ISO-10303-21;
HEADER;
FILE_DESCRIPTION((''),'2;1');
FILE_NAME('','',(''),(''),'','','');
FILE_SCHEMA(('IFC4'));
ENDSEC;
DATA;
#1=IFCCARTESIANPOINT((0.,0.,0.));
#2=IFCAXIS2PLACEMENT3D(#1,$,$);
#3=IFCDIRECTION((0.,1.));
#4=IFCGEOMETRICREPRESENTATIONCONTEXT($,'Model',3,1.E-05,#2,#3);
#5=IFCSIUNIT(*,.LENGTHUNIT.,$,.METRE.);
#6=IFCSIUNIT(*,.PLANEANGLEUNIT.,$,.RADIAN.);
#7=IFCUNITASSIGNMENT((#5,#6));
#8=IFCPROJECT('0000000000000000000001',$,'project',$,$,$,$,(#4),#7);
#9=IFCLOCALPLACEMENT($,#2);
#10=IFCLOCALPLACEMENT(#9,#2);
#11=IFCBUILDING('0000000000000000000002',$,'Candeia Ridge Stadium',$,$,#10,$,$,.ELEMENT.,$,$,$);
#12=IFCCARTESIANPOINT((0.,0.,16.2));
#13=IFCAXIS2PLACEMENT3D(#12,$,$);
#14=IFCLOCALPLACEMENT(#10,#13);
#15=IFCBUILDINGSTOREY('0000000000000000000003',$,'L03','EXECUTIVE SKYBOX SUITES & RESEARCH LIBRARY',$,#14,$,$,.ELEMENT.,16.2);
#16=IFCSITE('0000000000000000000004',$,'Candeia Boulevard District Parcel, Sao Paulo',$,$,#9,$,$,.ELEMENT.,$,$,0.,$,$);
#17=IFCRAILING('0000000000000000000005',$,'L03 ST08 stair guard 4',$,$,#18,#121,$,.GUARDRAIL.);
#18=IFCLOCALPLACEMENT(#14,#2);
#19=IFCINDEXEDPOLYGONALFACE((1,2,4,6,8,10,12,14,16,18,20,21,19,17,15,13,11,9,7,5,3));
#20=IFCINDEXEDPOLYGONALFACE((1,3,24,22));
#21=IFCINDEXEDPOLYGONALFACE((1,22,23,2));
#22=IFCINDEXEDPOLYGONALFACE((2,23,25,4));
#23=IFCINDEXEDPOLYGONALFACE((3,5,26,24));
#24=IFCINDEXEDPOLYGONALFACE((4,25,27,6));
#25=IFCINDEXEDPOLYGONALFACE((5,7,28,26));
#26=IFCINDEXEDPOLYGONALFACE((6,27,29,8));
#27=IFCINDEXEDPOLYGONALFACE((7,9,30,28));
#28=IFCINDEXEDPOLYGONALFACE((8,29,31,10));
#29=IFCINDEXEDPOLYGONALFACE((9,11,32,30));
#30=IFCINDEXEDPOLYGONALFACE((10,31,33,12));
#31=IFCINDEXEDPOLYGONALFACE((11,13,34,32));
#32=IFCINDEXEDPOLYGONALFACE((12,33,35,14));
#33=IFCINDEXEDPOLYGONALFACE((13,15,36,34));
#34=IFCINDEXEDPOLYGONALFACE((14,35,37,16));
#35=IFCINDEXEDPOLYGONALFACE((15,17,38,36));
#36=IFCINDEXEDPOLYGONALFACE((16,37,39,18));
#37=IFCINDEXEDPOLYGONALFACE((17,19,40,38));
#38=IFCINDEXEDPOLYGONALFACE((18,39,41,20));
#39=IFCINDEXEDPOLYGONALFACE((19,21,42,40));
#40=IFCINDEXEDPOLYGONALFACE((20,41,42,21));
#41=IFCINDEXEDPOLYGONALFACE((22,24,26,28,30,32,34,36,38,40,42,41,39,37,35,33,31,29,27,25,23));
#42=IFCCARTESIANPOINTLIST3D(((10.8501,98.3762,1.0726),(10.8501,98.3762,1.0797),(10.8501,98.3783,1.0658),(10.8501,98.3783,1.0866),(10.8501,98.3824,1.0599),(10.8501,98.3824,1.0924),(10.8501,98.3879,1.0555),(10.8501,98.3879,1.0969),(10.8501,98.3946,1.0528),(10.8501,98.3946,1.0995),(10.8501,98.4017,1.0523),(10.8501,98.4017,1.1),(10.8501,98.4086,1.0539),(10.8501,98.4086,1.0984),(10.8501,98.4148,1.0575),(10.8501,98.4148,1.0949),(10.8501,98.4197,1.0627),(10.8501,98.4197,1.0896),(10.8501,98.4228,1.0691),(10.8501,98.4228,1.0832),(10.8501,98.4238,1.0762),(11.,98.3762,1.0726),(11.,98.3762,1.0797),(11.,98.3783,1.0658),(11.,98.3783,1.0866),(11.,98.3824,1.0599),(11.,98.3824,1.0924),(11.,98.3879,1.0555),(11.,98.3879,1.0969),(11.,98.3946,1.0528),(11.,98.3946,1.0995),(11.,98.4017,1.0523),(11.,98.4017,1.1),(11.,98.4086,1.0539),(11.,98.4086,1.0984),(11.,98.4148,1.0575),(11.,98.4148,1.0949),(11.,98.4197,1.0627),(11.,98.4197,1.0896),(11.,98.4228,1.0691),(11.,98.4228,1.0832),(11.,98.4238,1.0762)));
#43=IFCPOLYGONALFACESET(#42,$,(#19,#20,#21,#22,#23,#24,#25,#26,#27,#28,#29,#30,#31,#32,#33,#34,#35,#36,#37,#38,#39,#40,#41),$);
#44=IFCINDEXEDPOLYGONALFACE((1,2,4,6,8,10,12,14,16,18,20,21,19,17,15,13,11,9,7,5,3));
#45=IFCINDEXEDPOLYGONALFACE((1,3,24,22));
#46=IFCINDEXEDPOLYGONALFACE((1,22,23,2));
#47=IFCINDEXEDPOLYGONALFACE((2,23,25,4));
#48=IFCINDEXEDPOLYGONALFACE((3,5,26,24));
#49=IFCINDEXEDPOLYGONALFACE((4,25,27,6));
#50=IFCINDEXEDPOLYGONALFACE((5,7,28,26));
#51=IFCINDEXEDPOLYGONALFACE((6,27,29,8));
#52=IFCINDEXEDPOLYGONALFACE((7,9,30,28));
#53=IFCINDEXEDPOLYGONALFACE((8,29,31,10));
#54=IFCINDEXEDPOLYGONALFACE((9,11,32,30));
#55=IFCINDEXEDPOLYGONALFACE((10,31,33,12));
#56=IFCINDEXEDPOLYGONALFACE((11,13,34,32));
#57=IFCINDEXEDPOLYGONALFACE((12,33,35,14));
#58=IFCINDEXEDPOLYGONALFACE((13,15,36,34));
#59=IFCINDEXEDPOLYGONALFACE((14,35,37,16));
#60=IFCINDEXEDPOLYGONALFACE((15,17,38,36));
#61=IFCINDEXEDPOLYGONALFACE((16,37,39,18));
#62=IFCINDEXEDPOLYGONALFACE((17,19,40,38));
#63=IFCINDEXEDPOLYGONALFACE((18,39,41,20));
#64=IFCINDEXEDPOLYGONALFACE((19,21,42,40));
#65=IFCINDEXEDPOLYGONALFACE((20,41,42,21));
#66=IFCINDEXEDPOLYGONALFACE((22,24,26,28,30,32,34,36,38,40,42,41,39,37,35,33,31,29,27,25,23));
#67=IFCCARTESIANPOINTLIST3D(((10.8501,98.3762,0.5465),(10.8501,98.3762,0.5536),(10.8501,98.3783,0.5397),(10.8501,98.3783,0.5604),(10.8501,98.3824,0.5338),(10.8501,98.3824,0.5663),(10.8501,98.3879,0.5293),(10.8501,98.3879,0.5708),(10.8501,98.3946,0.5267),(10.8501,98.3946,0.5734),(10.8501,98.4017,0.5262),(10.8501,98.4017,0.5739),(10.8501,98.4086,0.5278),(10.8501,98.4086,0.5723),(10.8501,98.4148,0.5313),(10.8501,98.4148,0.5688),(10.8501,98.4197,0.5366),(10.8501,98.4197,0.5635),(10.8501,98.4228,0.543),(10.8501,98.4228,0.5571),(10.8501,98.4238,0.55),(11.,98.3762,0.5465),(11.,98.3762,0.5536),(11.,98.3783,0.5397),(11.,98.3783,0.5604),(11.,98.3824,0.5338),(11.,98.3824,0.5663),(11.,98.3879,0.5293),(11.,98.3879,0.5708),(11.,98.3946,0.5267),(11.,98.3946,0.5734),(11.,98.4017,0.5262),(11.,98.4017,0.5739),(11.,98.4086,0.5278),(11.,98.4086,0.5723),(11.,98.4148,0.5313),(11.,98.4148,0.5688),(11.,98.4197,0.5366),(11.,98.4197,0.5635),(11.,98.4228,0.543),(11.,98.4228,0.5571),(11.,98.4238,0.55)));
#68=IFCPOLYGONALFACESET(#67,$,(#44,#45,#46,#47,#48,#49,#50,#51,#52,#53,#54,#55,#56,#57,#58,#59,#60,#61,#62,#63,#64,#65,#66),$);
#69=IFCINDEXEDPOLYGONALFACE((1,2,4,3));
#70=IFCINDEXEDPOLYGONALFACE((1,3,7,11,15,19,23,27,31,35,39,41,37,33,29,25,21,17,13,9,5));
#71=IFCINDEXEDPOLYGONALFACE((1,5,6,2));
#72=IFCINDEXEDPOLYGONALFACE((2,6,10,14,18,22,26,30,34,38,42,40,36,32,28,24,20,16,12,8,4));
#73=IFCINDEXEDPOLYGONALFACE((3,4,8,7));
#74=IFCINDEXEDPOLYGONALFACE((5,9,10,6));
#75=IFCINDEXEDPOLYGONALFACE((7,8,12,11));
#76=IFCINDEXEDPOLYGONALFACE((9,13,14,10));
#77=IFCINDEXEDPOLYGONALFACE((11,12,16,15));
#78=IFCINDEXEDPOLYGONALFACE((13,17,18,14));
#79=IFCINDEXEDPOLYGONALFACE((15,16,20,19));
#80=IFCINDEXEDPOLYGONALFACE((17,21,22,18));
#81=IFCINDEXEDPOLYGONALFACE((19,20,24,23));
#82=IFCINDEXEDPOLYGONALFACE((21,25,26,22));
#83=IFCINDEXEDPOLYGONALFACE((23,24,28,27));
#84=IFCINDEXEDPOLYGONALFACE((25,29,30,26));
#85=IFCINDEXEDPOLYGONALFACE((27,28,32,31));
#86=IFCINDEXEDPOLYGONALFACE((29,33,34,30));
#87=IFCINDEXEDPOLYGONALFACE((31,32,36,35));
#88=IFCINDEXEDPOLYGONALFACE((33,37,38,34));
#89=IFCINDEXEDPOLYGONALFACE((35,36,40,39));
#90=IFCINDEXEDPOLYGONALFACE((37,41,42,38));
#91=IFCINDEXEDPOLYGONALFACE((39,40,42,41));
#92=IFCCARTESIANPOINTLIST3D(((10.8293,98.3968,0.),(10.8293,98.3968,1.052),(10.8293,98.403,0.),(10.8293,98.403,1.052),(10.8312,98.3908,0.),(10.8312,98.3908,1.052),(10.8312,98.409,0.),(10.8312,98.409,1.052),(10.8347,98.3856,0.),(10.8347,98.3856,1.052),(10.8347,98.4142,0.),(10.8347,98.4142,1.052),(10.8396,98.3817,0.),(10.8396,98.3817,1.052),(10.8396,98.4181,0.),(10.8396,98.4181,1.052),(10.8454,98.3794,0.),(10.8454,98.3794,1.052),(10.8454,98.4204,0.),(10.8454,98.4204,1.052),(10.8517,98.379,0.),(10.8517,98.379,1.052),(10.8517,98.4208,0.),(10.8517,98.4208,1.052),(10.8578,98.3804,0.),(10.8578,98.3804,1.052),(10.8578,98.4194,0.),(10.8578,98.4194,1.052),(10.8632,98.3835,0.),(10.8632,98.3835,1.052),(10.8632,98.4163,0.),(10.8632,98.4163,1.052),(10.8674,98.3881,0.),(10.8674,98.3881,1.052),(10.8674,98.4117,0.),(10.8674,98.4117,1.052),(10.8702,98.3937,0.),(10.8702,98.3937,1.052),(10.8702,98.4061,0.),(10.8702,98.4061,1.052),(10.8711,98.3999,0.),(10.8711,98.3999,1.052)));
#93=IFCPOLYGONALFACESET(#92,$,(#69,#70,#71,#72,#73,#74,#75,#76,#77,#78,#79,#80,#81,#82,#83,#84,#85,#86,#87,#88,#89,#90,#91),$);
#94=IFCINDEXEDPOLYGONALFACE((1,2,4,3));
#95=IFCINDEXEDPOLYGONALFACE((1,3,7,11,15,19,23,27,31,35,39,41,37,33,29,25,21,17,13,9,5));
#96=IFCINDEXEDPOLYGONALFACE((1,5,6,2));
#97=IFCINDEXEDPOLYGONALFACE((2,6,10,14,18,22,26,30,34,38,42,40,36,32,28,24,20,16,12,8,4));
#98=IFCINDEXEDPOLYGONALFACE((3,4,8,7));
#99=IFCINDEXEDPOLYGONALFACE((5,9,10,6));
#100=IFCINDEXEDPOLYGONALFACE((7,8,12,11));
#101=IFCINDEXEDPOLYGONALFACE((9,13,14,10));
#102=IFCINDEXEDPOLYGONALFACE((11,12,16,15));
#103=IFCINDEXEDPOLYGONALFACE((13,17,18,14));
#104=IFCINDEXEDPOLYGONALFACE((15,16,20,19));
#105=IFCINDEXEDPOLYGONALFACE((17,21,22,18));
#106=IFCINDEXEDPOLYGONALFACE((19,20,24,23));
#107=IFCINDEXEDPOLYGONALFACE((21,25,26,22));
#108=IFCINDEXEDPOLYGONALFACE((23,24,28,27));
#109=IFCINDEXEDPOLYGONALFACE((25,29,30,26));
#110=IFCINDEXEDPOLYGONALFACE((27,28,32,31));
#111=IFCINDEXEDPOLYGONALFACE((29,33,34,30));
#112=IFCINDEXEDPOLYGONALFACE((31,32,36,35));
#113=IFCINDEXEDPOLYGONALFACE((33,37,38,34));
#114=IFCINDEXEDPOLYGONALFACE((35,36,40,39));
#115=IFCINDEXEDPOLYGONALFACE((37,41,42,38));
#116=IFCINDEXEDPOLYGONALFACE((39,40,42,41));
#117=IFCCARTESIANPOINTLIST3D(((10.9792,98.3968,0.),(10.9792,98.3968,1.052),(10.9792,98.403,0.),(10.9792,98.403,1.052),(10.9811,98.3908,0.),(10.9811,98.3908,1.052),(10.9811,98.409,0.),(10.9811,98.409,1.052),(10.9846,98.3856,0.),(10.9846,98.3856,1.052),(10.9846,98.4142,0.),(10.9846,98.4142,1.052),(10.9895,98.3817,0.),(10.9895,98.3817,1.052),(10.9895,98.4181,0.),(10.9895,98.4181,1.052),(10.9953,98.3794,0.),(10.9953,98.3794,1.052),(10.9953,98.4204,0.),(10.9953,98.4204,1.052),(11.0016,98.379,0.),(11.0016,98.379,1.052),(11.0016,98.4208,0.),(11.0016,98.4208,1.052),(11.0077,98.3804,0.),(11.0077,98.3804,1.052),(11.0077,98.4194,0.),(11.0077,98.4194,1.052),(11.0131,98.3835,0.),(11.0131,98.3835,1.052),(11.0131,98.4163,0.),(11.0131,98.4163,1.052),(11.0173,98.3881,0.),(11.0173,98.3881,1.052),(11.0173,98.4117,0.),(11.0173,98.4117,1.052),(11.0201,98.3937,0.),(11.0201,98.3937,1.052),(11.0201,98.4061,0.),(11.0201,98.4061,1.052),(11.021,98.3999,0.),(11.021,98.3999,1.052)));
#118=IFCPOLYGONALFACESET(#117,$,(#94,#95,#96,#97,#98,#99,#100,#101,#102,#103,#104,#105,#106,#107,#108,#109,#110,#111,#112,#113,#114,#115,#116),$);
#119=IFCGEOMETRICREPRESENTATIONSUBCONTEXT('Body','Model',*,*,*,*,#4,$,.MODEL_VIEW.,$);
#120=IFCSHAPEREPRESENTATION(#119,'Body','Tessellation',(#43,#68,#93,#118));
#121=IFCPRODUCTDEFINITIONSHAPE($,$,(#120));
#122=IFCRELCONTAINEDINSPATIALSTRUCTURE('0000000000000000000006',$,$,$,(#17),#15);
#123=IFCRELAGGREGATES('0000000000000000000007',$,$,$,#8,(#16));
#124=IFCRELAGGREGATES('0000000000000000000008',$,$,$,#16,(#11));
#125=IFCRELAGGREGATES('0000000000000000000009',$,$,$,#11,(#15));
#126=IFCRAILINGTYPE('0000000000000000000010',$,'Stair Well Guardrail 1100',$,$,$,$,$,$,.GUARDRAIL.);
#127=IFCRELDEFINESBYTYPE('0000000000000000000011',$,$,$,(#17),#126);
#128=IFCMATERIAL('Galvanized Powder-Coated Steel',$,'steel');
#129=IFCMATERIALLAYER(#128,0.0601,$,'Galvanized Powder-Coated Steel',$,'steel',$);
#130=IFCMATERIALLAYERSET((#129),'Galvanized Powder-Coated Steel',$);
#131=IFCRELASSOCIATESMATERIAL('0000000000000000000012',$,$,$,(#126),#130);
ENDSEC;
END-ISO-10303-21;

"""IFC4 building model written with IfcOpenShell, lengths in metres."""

from ifc_helpers import new_model, si_unit, direction, frame, origin, origin_2d, place, context, subcontext, project, spatial, circle, extrude, material, layer, layer_set, type_object, element, save


model = new_model("IFC4")

# Units and contexts
model_context = context("Model", 3, precision=1e-05, world=origin(), true_north=direction((0.0, 1.0)))
body_context = subcontext(model_context, "Body", "Model", "MODEL_VIEW")
ifc_project = project(units=[si_unit("LENGTHUNIT", "METRE"), si_unit("PLANEANGLEUNIT", "RADIAN")], contexts=[model_context])

# Site, building, storey
site_placement = place(None, origin())
site = spatial("IfcSite", under=ifc_project, at=site_placement, Name="Candeia Boulevard District Parcel, Sao Paulo", CompositionType="ELEMENT", RefElevation=0.0)
building_placement = place(site_placement, origin())
building = spatial("IfcBuilding", under=site, at=building_placement, Name="Candeia Ridge Stadium", CompositionType="ELEMENT")
storey_placement = place(building_placement, frame((0.0, 0.0, 16.2)))
storey = spatial("IfcBuildingStorey", under=building, at=storey_placement, Name="L03", Description="EXECUTIVE SKYBOX SUITES & RESEARCH LIBRARY", CompositionType="ELEMENT", Elevation=16.2)

# Railing
ifc_material_1 = material(Name="Galvanized Powder-Coated Steel", Category="steel")
ifc_layer_1 = layer(ifc_material_1, 0.0601, Name="Galvanized Powder-Coated Steel", Category="steel")
ifc_layer_set_1 = layer_set([ifc_layer_1], Name="Galvanized Powder-Coated Steel")
railing_type_1 = type_object("IfcRailingType", Name="Stair Well Guardrail 1100", PredefinedType="GUARDRAIL", material=ifc_layer_set_1)
railing_1_placement = place(storey_placement, frame((10.8501, 98.3999, 0.0)))
element("IfcRailing", 1, at=railing_1_placement, inside=storey, type_object=railing_type_1, Name="L03 ST08 stair guard 4", PredefinedType="GUARDRAIL", context=body_context, shape_type="SweptSolid", body=[
    extrude(circle(Radius=0.0239, at=origin_2d()), frame((0.0, 0.0, 1.0762), z_axis=(1.0, 0.0, 0.0), x_axis=(0.0, 1.0, 0.0)), (0.0, 0.0, 1.0), 0.1499),
    extrude(circle(Radius=0.0239, at=origin_2d()), frame((0.0, 0.0, 0.55), z_axis=(1.0, 0.0, 0.0), x_axis=(0.0, 1.0, 0.0)), (0.0, 0.0, 1.0), 0.1499),
    extrude(circle(Radius=0.021, at=origin_2d()), origin(), (0.0, 0.0, 1.0), 1.052),
    extrude(circle(Radius=0.021, at=origin_2d()), frame((0.1499, 0.0, 0.0)), (0.0, 0.0, 1.0), 1.052),
])

save(model, "model.ifc")
